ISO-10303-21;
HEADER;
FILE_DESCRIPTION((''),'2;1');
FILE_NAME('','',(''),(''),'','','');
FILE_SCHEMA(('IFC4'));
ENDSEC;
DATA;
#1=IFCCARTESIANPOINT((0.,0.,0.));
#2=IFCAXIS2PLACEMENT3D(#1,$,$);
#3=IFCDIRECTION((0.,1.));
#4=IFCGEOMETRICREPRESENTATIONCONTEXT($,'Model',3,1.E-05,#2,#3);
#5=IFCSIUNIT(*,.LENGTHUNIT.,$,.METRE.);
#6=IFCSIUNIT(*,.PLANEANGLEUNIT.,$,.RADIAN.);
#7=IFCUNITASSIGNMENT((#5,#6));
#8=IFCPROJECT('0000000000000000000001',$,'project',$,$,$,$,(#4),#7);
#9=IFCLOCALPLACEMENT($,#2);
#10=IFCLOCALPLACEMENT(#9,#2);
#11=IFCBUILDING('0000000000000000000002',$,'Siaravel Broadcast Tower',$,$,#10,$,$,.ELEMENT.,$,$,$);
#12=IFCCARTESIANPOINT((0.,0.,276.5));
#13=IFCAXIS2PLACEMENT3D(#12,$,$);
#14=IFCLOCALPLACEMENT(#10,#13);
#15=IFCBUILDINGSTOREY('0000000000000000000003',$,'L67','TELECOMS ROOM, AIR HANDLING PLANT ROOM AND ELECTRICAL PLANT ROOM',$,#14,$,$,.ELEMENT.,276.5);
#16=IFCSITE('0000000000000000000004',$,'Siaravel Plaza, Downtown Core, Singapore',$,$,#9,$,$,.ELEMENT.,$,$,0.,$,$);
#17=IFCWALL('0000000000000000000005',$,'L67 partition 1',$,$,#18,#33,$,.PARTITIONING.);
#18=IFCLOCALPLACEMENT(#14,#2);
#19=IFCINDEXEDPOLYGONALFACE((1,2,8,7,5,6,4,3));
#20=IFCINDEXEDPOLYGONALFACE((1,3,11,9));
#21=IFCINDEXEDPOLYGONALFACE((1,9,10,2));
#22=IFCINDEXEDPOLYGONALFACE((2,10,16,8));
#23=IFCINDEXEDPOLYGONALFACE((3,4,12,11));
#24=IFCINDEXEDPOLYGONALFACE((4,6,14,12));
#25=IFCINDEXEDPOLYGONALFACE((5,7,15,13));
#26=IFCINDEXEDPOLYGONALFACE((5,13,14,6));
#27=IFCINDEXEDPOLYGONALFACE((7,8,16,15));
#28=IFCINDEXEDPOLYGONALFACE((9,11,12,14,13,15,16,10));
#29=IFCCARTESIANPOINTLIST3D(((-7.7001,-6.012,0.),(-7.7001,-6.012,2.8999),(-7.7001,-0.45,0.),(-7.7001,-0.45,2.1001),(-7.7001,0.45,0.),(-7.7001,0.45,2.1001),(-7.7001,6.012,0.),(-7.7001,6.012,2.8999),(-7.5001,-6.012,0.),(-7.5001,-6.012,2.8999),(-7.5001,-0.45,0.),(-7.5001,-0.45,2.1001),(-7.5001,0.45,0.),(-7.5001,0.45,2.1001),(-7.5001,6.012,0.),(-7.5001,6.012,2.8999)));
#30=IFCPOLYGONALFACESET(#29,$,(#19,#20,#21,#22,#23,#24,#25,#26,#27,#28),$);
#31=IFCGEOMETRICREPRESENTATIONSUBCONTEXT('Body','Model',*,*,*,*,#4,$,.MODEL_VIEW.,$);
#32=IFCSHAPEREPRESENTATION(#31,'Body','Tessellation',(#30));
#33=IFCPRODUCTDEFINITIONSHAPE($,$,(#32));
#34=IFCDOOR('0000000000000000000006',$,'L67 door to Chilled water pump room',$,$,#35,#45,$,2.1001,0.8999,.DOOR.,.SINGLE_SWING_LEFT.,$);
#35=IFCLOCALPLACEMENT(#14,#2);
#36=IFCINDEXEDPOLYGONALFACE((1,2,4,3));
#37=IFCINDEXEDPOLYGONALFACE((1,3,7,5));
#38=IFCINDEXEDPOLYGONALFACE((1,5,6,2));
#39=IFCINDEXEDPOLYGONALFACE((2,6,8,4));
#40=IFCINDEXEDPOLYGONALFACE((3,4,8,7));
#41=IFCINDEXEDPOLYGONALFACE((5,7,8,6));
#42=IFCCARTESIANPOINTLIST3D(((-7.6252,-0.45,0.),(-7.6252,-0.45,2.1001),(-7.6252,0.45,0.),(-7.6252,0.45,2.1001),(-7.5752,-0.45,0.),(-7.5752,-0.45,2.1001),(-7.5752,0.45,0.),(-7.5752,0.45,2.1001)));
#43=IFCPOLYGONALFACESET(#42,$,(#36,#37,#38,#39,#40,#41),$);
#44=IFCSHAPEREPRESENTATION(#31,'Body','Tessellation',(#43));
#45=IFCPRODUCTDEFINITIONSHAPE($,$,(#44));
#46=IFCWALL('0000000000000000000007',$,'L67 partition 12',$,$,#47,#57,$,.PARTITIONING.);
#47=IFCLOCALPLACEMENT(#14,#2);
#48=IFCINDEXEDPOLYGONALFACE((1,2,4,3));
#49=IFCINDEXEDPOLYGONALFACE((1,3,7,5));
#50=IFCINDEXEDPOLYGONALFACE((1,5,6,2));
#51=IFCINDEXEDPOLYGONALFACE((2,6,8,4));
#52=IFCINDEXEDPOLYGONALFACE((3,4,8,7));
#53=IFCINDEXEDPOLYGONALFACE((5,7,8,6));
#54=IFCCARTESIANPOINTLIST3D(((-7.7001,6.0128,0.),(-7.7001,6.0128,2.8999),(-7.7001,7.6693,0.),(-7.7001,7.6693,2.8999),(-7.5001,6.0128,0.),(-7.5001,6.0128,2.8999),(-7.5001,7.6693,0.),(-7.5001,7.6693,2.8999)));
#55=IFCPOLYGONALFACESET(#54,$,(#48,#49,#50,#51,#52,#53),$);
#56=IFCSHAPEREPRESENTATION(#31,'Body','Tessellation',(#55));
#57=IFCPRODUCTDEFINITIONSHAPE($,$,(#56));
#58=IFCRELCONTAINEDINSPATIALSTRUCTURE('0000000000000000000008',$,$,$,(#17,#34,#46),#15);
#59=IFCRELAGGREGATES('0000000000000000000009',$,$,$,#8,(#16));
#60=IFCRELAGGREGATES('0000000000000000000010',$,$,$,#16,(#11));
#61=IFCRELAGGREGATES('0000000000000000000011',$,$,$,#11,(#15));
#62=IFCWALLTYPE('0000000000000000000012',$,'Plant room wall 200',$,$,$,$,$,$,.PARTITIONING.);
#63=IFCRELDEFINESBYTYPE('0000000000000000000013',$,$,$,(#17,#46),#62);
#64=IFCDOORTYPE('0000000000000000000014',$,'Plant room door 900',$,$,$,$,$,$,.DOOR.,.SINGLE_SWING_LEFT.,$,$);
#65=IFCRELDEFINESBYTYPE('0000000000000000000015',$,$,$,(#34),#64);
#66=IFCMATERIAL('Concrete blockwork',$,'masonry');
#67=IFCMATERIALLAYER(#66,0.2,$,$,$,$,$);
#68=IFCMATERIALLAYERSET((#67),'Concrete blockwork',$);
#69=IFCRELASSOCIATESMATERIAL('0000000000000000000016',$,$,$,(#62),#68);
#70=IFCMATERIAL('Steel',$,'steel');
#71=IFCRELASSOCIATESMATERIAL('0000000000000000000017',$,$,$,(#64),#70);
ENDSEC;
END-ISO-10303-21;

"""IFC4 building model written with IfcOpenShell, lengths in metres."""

from ifc_helpers import new_model, si_unit, direction, frame, frame_2d, origin, place, context, subcontext, project, spatial, rectangle, extrude, material, layer, layer_set, type_object, element, fill, save


model = new_model("IFC4")

# Units and contexts
model_context = context("Model", 3, precision=1e-05, world=origin(), true_north=direction((0.0, 1.0)))
body_context = subcontext(model_context, "Body", "Model", "MODEL_VIEW")
ifc_project = project(units=[si_unit("LENGTHUNIT", "METRE"), si_unit("PLANEANGLEUNIT", "RADIAN")], contexts=[model_context])

# Site, building, storey
site_placement = place(None, origin())
site = spatial("IfcSite", under=ifc_project, at=site_placement, Name="Siaravel Plaza, Downtown Core, Singapore", CompositionType="ELEMENT", RefElevation=0.0)
building_placement = place(site_placement, origin())
building = spatial("IfcBuilding", under=site, at=building_placement, Name="Siaravel Broadcast Tower", CompositionType="ELEMENT")
storey_placement = place(building_placement, frame((0.0, 0.0, 276.5)))
storey = spatial("IfcBuildingStorey", under=building, at=storey_placement, Name="L67", Description="TELECOMS ROOM, AIR HANDLING PLANT ROOM AND ELECTRICAL PLANT ROOM", CompositionType="ELEMENT", Elevation=276.5)

# Wall, opening, door
ifc_material_1 = material(Name="Concrete blockwork", Category="masonry")
ifc_layer_1 = layer(ifc_material_1, 0.2)
ifc_layer_set_1 = layer_set([ifc_layer_1], Name="Concrete blockwork")
wall_type = type_object("IfcWallType", Name="Plant room wall 200", PredefinedType="PARTITIONING", material=ifc_layer_set_1)
wall_1_placement = place(storey_placement, frame((-7.6001, 6.012, 0.0), z_axis=(0.0, 0.0, 1.0), x_axis=(0.0, -1.0, 0.0)))
wall_1 = element("IfcWall", 1, at=wall_1_placement, inside=storey, type_object=wall_type, Name="L67 partition 1", PredefinedType="PARTITIONING", context=body_context, shape_type="SweptSolid", body=[
    extrude(rectangle(XDim=12.0239, YDim=0.2, at=frame_2d((6.012, 0.0))), origin(), (0.0, 0.0, 1.0), 2.8999),
])
opening_placement = place(wall_1_placement, frame((5.562, 0.0, 0.0)))
opening = element("IfcOpeningElement", 2, at=opening_placement, cuts=wall_1, PredefinedType="OPENING", context=body_context, shape_type="SweptSolid", body=[
    extrude(rectangle(XDim=0.8999, YDim=2.1001, at=frame_2d((0.45, 1.05))), frame((0.0, 0.1099, 0.0), z_axis=(0.0, -1.0, 0.0), x_axis=(1.0, 0.0, 0.0)), (0.0, 0.0, 1.0), 0.22),
])
ifc_material_2 = material(Name="Steel", Category="steel")
door_type = type_object("IfcDoorType", Name="Plant room door 900", OperationType="SINGLE_SWING_LEFT", PredefinedType="DOOR", material=ifc_material_2)
door_placement = place(opening_placement, origin())
door = element("IfcDoor", 3, at=door_placement, inside=storey, type_object=door_type, Name="L67 door to Chilled water pump room", OperationType="SINGLE_SWING_LEFT", OverallHeight=2.1001, OverallWidth=0.8999, PredefinedType="DOOR", context=body_context, shape_type="SweptSolid", body=[
    extrude(rectangle(XDim=0.8999, YDim=2.1001, at=frame_2d((0.45, 1.05))), frame((0.0, 0.0249, 0.0), z_axis=(0.0, -1.0, 0.0), x_axis=(1.0, 0.0, 0.0)), (0.0, 0.0, 1.0), 0.05),
])
fill(opening, door)

# Wall
wall_2_placement = place(storey_placement, frame((-7.6001, 6.0129, 0.0), z_axis=(0.0, 0.0, 1.0), x_axis=(0.0, 1.0, 0.0)))
element("IfcWall", 4, at=wall_2_placement, inside=storey, type_object=wall_type, Name="L67 partition 12", PredefinedType="PARTITIONING", context=body_context, shape_type="SweptSolid", body=[
    extrude(rectangle(XDim=1.6565, YDim=0.2, at=frame_2d((0.8281, 0.0))), origin(), (0.0, 0.0, 1.0), 2.8999),
])

save(model, "model.ifc")
